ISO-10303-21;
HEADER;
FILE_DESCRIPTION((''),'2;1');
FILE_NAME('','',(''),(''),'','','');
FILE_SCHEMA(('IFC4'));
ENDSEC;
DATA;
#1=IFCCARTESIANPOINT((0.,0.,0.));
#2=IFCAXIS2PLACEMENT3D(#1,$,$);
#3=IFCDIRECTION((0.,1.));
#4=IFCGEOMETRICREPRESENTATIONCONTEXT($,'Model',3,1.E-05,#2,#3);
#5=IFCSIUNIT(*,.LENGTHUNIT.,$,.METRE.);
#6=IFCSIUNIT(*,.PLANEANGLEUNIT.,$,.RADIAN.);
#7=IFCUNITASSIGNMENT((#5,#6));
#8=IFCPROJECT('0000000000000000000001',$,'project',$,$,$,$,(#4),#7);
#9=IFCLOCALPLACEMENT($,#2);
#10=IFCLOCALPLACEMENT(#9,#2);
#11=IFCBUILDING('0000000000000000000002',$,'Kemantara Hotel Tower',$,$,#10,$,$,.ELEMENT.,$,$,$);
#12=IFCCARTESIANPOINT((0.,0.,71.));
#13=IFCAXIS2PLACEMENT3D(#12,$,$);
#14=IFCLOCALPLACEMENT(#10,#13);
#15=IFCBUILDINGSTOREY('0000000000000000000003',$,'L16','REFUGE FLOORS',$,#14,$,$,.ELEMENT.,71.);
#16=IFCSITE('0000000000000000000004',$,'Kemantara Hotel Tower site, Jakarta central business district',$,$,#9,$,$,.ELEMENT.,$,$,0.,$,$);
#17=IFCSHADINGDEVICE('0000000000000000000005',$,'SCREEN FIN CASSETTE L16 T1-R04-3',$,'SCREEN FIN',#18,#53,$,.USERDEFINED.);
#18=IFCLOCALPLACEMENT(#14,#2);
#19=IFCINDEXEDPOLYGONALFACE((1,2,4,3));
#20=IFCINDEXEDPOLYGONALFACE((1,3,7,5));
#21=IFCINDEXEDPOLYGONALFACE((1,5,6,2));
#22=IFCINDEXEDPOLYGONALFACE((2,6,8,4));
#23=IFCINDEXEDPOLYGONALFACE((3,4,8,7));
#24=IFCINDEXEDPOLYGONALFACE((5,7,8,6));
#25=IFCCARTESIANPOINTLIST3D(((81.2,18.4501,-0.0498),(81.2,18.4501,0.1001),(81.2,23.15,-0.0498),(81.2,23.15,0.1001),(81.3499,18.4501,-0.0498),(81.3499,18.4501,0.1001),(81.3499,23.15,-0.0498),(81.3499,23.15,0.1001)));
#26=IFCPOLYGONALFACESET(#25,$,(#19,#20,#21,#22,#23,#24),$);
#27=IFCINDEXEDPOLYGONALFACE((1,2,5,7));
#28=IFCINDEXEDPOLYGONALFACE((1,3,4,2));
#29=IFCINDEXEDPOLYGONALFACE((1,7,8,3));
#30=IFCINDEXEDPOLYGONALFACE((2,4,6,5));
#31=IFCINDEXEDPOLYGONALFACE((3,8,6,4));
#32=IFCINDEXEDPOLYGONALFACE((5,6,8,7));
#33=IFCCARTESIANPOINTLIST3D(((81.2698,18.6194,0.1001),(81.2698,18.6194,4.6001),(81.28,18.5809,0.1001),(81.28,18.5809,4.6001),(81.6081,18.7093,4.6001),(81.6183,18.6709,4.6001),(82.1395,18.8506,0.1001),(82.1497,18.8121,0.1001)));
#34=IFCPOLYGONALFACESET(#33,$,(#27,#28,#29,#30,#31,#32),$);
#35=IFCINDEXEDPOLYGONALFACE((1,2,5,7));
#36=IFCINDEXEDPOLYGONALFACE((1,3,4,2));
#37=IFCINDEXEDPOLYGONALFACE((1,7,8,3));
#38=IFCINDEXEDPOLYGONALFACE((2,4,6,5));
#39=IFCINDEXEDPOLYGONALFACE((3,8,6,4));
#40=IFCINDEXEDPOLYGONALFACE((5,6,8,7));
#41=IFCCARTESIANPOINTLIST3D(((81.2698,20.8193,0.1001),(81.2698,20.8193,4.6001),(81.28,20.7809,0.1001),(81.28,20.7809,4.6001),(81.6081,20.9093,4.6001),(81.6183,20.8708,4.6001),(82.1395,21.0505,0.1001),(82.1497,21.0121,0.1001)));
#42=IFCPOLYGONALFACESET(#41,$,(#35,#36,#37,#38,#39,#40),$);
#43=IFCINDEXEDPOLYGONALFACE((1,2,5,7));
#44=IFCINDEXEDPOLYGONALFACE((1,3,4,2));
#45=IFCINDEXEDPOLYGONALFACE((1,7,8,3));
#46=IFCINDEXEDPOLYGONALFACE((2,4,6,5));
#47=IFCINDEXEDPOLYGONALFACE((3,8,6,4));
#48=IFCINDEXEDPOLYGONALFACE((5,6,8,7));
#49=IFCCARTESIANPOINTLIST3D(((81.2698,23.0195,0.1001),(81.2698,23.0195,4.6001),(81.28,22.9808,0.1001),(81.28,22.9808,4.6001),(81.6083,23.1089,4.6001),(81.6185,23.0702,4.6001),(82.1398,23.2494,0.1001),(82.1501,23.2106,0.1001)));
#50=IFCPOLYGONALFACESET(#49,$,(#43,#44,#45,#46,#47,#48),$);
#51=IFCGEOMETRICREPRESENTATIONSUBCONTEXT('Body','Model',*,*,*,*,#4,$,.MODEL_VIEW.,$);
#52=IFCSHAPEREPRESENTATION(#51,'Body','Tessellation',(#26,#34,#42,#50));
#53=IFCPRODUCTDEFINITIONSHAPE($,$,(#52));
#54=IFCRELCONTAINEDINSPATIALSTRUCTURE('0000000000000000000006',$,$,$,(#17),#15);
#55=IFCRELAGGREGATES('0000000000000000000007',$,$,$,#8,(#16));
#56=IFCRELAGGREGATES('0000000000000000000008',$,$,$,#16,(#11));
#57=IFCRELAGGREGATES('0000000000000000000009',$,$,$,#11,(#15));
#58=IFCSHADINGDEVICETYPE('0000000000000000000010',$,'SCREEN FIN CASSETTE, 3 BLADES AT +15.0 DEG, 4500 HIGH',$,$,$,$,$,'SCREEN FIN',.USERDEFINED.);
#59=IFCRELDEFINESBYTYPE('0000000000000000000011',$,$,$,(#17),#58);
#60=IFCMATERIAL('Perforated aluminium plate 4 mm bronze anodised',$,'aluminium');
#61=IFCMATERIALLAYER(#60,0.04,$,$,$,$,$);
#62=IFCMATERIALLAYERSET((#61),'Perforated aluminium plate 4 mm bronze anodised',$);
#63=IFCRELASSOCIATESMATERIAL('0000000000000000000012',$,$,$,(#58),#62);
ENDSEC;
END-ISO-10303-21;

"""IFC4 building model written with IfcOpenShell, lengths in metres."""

from ifc_helpers import new_model, si_unit, direction, frame, origin, origin_2d, place, context, subcontext, project, spatial, polyline, rectangle, outline, extrude, source, transform, mapped, material, layer, layer_set, type_object, element, save


model = new_model("IFC4")

# Units and contexts
model_context = context("Model", 3, precision=1e-05, world=origin(), true_north=direction((0.0, 1.0)))
body_context = subcontext(model_context, "Body", "Model", "MODEL_VIEW")
ifc_project = project(units=[si_unit("LENGTHUNIT", "METRE"), si_unit("PLANEANGLEUNIT", "RADIAN")], contexts=[model_context])

# Site, building, storey
site_placement = place(None, origin())
site = spatial("IfcSite", under=ifc_project, at=site_placement, Name="Kemantara Hotel Tower site, Jakarta central business district", CompositionType="ELEMENT", RefElevation=0.0)
building_placement = place(site_placement, origin())
building = spatial("IfcBuilding", under=site, at=building_placement, Name="Kemantara Hotel Tower", CompositionType="ELEMENT")
storey_placement = place(building_placement, frame((0.0, 0.0, 71.0)))
storey = spatial("IfcBuildingStorey", under=building, at=storey_placement, Name="L16", Description="REFUGE FLOORS", CompositionType="ELEMENT", Elevation=71.0)

# Shading device
ifc_material_1 = material(Name="Perforated aluminium plate 4 mm bronze anodised", Category="aluminium")
ifc_layer_1 = layer(ifc_material_1, 0.04)
ifc_layer_set_1 = layer_set([ifc_layer_1], Name="Perforated aluminium plate 4 mm bronze anodised")
shading_device_type = type_object("IfcShadingDeviceType", Name="SCREEN FIN CASSETTE, 3 BLADES AT +15.0 DEG, 4500 HIGH", ElementType="SCREEN FIN", PredefinedType="USERDEFINED", material=ifc_layer_set_1)
shared_shape_1 = source(origin(), body_context, "Body", "SweptSolid", [
    extrude(rectangle(XDim=4.7, YDim=0.1499, at=origin_2d()), frame((2.2, -0.075, -0.1499), z_axis=(0.0, 0.0, 1.0), x_axis=(1.0, 0.0, 0.0)), (0.0, 0.0, 1.0), 0.1499),
    extrude(outline(polyline([(0.0, 0.0), (0.8999, 0.0), (0.3501, 4.5), (0.0, 4.5), (0.0, 0.0)])), frame((0.0193, -0.0698, 0.0), z_axis=(-0.966438, -0.256901, 0.0), x_axis=(0.256901, -0.966438, 0.0)), (0.0, 0.0, 1.0), 0.0398),
    extrude(outline(polyline([(0.0, 0.0), (0.8999, 0.0), (0.3501, 4.5), (0.0, 4.5), (0.0, 0.0)])), frame((2.2192, -0.0698, 0.0), z_axis=(-0.966438, -0.256901, 0.0), x_axis=(0.256901, -0.966438, 0.0)), (0.0, 0.0, 1.0), 0.0398),
    extrude(outline(polyline([(0.0, 0.0), (0.8999, 0.0), (0.3501, 4.5), (0.0, 4.5), (0.0, 0.0)])), frame((4.4194, -0.0698, 0.0), z_axis=(-0.966838, -0.255391, 0.0), x_axis=(0.255391, -0.966838, 0.0)), (0.0, 0.0, 1.0), 0.04),
])
shading_device_placement = place(storey_placement, frame((81.2, 18.6001, 0.1001), z_axis=(0.0, 0.0, 1.0), x_axis=(0.0, 1.0, 0.0)))
element("IfcShadingDevice", 1, at=shading_device_placement, inside=storey, type_object=shading_device_type, Name="SCREEN FIN CASSETTE L16 T1-R04-3", ObjectType="SCREEN FIN", PredefinedType="USERDEFINED", context=body_context, shape_type="MappedRepresentation", body=[
    mapped(shared_shape_1, transform((0.0, 0.0, 0.0))),
])

save(model, "model.ifc")
